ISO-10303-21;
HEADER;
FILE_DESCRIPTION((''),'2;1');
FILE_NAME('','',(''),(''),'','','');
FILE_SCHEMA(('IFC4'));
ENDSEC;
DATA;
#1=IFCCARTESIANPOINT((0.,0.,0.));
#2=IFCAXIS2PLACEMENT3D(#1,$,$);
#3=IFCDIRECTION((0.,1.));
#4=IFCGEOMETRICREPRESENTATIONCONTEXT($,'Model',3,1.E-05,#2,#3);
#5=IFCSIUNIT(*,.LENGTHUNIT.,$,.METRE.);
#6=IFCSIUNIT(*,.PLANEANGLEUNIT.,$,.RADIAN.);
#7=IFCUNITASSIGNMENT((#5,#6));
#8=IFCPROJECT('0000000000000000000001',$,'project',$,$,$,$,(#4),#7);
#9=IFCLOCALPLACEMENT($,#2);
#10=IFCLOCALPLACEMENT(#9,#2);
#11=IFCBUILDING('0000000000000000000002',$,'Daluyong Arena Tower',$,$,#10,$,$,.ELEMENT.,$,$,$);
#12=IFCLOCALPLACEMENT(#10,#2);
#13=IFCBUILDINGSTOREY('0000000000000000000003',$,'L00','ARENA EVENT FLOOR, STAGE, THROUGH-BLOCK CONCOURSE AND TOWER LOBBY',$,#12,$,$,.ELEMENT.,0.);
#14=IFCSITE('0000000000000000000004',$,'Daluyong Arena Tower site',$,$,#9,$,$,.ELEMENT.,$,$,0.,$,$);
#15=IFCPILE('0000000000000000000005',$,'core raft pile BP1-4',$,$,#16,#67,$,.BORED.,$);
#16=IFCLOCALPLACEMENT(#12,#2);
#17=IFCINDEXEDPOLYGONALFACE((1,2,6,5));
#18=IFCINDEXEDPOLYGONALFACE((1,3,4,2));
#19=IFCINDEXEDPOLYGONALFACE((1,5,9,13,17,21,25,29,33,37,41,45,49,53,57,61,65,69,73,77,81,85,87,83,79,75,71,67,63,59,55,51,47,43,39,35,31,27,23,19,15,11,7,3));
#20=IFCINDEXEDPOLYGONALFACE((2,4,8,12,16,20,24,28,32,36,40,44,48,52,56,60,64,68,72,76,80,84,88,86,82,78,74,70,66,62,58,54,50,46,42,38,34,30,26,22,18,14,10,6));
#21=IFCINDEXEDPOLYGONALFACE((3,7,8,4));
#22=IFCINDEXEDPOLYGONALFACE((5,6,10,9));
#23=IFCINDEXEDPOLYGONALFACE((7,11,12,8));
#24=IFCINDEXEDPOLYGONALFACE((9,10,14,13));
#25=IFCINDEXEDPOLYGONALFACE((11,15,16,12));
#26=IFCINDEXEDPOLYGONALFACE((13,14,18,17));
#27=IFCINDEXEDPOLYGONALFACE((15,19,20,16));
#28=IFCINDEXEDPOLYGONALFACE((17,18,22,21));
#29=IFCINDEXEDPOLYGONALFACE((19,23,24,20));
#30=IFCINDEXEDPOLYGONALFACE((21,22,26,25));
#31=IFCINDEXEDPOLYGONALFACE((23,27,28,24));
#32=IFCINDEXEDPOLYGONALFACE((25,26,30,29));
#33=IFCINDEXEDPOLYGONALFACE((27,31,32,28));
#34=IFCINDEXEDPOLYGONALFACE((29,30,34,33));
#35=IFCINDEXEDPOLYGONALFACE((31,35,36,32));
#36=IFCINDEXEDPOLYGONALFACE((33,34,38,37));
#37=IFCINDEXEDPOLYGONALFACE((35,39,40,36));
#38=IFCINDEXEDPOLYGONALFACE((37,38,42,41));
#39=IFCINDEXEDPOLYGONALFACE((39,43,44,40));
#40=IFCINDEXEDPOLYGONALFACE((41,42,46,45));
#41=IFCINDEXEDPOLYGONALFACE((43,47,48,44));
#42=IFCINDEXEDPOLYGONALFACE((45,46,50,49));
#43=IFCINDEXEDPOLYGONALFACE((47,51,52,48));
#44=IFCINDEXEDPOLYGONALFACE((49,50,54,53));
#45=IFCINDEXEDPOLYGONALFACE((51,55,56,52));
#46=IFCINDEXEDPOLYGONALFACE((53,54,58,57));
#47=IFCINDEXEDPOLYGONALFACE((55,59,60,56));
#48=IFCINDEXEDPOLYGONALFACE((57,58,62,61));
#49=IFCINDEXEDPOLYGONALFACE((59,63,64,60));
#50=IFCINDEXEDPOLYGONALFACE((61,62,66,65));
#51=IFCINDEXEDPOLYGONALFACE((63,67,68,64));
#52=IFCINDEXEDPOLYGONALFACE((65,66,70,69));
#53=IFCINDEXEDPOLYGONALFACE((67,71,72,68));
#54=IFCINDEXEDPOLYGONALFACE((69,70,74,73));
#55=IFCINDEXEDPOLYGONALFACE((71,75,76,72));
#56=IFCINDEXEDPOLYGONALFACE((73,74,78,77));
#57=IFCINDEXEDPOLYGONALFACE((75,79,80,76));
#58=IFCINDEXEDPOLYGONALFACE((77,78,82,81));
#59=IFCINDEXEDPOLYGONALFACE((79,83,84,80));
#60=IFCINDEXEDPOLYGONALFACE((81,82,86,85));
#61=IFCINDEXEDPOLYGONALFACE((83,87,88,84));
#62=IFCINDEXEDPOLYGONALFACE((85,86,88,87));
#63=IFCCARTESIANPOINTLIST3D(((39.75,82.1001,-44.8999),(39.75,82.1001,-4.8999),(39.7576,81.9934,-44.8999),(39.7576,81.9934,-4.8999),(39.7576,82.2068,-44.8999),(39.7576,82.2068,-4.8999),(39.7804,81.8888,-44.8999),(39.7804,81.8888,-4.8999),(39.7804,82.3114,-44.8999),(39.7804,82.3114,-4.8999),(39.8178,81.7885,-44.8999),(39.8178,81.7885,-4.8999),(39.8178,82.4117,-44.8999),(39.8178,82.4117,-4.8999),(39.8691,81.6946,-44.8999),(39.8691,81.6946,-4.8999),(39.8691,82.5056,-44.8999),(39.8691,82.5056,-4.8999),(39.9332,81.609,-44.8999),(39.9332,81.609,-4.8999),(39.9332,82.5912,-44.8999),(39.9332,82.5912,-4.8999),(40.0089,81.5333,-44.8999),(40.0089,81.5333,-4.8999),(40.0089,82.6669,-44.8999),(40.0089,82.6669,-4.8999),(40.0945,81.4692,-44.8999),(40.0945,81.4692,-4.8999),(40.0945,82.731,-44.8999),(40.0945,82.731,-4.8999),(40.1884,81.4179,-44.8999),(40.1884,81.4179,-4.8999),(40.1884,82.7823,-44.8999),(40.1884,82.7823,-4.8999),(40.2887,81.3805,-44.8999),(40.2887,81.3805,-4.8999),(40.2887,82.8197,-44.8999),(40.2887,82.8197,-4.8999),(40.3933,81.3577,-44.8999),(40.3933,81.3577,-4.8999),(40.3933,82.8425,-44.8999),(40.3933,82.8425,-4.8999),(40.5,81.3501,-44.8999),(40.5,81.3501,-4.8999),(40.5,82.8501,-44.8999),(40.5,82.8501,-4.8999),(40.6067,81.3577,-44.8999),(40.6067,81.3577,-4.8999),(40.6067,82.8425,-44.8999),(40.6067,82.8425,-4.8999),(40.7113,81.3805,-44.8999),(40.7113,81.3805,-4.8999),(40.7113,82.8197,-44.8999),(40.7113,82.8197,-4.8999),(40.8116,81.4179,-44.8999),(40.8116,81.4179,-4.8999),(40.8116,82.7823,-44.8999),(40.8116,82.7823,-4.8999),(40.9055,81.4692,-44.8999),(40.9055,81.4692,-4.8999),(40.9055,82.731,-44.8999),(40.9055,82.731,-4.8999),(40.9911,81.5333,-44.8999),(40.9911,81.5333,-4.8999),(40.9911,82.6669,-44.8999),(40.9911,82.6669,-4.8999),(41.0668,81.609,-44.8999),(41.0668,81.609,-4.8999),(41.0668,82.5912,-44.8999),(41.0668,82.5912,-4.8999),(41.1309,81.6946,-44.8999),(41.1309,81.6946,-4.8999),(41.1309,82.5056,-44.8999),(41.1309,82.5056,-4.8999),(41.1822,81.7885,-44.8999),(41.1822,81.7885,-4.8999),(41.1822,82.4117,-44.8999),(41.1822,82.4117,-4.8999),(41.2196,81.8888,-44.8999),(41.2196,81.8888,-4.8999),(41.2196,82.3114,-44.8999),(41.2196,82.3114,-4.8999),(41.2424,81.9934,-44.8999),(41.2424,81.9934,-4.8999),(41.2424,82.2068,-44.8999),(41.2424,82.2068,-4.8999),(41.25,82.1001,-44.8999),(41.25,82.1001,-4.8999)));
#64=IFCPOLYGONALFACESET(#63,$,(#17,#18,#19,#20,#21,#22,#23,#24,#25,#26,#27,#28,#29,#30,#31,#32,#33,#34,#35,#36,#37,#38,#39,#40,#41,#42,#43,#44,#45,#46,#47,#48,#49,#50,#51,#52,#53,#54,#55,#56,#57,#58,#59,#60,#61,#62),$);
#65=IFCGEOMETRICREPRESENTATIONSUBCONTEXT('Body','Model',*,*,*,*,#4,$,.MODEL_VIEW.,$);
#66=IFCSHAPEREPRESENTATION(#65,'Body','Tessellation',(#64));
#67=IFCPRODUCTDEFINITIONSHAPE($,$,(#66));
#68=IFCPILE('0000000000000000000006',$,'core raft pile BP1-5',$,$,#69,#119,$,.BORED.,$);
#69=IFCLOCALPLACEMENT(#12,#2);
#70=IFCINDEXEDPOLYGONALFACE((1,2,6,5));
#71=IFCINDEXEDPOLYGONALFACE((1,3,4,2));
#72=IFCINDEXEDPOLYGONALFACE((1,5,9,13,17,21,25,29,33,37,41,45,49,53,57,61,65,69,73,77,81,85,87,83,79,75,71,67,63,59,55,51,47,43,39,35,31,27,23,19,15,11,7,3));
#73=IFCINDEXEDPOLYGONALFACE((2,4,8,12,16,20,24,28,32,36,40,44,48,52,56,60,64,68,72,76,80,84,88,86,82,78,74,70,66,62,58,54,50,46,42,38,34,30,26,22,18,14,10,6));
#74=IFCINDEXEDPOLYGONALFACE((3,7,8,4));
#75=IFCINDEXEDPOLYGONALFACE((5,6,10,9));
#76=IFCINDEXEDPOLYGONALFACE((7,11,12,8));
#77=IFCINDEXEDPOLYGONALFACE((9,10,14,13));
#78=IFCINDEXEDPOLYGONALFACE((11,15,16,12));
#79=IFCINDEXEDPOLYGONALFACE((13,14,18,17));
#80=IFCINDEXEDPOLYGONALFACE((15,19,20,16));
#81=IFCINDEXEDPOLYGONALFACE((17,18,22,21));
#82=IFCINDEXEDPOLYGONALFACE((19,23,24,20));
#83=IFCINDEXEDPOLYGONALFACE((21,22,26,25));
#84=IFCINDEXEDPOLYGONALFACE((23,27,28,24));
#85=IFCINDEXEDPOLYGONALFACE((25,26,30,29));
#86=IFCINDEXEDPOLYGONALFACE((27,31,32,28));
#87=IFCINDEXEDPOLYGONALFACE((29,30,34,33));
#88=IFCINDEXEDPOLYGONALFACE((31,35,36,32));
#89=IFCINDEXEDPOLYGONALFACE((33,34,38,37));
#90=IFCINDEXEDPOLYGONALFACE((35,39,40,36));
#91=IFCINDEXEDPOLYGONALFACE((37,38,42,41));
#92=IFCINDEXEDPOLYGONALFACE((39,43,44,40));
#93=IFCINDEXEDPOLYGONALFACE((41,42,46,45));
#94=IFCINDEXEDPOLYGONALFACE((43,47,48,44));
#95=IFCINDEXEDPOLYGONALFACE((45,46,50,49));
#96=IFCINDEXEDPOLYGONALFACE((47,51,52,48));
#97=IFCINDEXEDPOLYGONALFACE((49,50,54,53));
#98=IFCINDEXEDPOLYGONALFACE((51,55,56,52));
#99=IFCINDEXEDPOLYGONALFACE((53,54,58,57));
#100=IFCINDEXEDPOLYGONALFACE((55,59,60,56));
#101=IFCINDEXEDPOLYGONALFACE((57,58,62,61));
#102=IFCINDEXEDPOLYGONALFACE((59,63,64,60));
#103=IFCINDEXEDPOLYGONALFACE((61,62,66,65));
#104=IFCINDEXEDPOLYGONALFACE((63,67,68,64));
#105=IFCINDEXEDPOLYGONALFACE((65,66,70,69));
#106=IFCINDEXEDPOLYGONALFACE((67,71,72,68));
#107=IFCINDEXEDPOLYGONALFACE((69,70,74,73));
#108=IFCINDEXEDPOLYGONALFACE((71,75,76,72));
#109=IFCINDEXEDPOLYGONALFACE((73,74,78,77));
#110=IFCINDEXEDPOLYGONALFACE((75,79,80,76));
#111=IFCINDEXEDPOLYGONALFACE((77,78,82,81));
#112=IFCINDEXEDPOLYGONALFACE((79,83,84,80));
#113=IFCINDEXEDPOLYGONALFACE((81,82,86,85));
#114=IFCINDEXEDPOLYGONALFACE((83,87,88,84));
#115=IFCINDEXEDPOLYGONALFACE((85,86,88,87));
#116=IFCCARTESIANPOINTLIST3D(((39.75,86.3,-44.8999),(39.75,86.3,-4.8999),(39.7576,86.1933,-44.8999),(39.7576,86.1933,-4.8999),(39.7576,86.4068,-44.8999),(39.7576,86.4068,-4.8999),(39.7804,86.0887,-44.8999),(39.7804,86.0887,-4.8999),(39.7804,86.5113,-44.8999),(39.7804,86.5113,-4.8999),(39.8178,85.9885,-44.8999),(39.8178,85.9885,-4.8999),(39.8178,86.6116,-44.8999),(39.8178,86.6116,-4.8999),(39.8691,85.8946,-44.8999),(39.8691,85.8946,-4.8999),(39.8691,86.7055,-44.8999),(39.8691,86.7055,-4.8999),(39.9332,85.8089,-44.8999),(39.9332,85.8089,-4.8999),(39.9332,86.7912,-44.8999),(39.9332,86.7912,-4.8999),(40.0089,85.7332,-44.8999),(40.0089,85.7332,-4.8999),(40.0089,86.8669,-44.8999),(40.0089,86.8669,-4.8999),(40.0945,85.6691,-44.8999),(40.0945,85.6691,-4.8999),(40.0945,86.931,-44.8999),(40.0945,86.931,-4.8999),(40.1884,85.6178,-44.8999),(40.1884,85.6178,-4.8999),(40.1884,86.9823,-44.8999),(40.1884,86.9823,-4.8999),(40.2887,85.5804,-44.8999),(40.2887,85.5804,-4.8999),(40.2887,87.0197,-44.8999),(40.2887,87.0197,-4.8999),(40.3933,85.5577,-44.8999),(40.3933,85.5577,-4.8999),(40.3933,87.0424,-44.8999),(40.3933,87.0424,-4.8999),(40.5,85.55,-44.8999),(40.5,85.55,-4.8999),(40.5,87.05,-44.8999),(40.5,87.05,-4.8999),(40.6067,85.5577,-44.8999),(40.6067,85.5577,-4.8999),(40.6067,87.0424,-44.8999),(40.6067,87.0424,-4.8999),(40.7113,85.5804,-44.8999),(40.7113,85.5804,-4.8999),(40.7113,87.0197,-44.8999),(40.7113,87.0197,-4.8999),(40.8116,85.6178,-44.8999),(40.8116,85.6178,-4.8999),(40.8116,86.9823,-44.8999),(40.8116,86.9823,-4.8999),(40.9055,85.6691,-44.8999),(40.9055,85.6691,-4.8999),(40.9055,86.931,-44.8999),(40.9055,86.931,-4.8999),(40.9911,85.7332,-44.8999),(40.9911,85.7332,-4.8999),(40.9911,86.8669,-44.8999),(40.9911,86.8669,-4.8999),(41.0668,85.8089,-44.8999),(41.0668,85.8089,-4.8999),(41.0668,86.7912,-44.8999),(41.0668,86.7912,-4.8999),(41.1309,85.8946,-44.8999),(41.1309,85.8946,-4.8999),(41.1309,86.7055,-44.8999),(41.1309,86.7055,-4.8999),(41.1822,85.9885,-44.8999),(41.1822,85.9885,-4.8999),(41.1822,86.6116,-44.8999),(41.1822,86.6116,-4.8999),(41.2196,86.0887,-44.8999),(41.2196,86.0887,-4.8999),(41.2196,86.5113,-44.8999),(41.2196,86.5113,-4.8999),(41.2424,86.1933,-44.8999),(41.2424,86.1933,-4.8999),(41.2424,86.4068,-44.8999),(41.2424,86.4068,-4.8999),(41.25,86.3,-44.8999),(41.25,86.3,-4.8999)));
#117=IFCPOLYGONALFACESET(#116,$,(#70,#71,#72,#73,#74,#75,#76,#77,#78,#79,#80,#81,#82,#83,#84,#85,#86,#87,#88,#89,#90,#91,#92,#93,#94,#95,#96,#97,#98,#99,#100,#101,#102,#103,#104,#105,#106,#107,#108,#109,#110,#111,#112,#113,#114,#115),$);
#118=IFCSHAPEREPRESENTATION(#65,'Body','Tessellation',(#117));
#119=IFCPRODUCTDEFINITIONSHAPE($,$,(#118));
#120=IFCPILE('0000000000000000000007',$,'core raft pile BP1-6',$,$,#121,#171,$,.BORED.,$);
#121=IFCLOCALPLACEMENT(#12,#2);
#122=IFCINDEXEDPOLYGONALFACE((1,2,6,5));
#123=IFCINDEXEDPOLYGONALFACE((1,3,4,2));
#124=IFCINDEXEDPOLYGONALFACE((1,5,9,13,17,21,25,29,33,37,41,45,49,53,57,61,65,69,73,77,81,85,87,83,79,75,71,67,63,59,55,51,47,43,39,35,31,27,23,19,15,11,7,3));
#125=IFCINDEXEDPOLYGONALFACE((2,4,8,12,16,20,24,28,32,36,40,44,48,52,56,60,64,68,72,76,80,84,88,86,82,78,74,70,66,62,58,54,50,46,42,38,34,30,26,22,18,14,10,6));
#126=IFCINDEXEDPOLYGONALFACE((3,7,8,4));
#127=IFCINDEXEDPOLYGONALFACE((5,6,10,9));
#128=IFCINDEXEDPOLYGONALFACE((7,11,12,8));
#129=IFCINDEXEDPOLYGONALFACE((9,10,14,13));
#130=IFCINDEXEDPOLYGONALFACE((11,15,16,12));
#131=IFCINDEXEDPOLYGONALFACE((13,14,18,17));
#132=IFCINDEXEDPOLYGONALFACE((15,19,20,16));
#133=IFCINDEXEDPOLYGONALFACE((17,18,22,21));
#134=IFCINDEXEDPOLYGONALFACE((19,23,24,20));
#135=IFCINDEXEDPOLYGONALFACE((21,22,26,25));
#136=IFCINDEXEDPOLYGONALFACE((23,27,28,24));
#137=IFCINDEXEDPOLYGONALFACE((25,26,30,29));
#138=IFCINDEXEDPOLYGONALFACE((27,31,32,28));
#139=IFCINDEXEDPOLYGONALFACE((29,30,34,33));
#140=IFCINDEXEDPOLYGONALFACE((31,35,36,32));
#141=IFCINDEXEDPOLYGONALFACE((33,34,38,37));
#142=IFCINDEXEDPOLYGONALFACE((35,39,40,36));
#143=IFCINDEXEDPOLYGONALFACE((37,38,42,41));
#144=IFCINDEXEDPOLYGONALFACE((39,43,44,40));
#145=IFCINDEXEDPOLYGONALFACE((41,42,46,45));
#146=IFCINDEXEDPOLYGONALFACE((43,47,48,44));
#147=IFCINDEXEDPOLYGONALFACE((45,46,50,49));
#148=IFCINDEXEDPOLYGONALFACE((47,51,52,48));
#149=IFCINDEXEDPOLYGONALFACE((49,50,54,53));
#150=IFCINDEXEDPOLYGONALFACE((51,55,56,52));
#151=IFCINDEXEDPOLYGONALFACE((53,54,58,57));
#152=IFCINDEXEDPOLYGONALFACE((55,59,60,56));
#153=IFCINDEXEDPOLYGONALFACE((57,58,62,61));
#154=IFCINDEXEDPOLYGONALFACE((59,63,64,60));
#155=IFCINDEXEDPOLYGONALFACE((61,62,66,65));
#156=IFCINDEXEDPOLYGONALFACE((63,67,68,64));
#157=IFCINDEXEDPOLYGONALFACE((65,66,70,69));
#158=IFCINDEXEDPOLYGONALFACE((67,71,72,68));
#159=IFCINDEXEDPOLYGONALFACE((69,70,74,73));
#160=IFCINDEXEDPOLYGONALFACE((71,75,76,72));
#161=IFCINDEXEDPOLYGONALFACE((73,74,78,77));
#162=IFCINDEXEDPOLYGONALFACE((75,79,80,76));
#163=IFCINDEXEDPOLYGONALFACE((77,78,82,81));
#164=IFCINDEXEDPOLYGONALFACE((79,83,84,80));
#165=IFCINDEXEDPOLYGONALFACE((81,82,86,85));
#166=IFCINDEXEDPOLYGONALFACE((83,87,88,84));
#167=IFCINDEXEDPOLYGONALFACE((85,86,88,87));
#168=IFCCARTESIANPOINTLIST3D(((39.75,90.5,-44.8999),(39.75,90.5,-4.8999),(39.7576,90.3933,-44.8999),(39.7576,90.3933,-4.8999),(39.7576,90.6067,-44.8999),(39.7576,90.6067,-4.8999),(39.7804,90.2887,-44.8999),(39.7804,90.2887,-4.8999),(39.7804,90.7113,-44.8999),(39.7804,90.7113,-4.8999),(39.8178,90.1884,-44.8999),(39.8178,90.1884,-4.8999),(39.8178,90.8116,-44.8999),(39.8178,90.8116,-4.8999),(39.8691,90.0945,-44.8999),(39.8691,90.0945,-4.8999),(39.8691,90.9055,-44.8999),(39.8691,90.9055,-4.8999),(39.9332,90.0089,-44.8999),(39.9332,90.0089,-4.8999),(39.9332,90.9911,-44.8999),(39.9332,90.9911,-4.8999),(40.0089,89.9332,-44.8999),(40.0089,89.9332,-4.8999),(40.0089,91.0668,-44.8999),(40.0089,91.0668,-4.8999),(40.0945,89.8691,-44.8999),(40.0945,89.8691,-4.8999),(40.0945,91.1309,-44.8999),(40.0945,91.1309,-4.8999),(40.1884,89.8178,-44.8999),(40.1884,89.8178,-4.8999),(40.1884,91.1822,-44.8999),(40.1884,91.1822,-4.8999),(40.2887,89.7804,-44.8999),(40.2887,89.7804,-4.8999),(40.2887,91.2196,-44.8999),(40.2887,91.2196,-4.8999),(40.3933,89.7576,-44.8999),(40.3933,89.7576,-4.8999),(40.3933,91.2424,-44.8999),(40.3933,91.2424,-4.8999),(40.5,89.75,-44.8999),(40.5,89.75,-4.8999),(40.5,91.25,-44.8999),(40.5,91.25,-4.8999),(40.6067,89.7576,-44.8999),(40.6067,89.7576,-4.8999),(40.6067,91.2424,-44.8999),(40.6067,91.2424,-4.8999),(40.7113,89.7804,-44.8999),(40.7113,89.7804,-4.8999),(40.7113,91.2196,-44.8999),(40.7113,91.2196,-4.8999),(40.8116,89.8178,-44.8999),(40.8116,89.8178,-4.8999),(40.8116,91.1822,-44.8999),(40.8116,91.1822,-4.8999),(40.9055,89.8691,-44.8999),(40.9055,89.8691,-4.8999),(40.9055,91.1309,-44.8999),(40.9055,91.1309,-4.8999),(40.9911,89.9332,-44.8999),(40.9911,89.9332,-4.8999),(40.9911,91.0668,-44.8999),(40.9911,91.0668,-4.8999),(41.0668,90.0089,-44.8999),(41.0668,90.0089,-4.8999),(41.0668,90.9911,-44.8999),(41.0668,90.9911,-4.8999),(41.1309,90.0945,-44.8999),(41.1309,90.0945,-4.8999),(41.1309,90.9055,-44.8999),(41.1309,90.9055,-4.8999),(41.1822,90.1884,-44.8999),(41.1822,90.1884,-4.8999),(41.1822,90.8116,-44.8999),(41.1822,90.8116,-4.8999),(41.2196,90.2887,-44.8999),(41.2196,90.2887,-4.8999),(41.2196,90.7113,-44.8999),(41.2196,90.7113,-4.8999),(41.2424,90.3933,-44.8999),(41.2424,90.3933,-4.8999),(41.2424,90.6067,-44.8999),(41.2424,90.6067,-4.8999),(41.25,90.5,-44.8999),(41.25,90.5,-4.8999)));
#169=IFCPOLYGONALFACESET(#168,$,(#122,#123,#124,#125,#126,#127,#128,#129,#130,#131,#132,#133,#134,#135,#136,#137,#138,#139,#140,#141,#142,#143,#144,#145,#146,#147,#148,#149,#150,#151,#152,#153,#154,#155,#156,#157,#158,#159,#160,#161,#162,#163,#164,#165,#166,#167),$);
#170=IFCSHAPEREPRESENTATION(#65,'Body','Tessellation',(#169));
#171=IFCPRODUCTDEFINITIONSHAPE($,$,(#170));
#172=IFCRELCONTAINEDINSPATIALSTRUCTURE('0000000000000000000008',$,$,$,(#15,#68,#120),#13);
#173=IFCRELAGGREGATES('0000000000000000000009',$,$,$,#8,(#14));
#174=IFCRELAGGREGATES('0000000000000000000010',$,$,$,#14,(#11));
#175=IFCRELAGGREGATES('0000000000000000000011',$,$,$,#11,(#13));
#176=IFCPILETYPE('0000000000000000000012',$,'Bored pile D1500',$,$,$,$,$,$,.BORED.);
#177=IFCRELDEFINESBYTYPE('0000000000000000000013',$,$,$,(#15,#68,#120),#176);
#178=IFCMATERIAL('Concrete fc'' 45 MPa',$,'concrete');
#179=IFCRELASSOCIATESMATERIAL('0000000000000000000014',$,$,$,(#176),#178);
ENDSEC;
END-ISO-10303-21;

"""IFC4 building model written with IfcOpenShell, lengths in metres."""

from ifc_helpers import new_model, si_unit, direction, frame, origin, origin_2d, place, context, subcontext, project, spatial, circle, extrude, material, type_object, element, save


model = new_model("IFC4")

# Units and contexts
model_context = context("Model", 3, precision=1e-05, world=origin(), true_north=direction((0.0, 1.0)))
body_context = subcontext(model_context, "Body", "Model", "MODEL_VIEW")
ifc_project = project(units=[si_unit("LENGTHUNIT", "METRE"), si_unit("PLANEANGLEUNIT", "RADIAN")], contexts=[model_context])

# Site, building, storey
site_placement = place(None, origin())
site = spatial("IfcSite", under=ifc_project, at=site_placement, Name="Daluyong Arena Tower site", CompositionType="ELEMENT", RefElevation=0.0)
building_placement = place(site_placement, origin())
building = spatial("IfcBuilding", under=site, at=building_placement, Name="Daluyong Arena Tower", CompositionType="ELEMENT")
storey_placement = place(building_placement, origin())
storey = spatial("IfcBuildingStorey", under=building, at=storey_placement, Name="L00", Description="ARENA EVENT FLOOR, STAGE, THROUGH-BLOCK CONCOURSE AND TOWER LOBBY", CompositionType="ELEMENT", Elevation=0.0)

# Piles
ifc_material_1 = material(Name="Concrete fc' 45 MPa", Category="concrete")
pile_type = type_object("IfcPileType", Name="Bored pile D1500", PredefinedType="BORED", material=ifc_material_1)
for number, where, z_axis, x_axis, name in (
    (1, (40.5, 82.1001, -4.8999), (0.0, 0.0, -1.0), (1.0, 0.0, 0.0), "core raft pile BP1-4"),
    (2, (40.5, 86.3, -4.8999), (0.0, 0.0, -1.0), (1.0, 0.0, 0.0), "core raft pile BP1-5"),
    (3, (40.5, 90.5, -4.8999), (0.0, 0.0, -1.0), (1.0, 0.0, 0.0), "core raft pile BP1-6"),
):
    element("IfcPile", number, at=place(storey_placement, frame(where, z_axis=z_axis, x_axis=x_axis)), inside=storey, type_object=pile_type, Name=name, PredefinedType="BORED", context=body_context, shape_type="SweptSolid", body=[
        extrude(circle(Radius=0.75, at=origin_2d()), origin(), (0.0, 0.0, 1.0), 40.0),
    ])

save(model, "model.ifc")
